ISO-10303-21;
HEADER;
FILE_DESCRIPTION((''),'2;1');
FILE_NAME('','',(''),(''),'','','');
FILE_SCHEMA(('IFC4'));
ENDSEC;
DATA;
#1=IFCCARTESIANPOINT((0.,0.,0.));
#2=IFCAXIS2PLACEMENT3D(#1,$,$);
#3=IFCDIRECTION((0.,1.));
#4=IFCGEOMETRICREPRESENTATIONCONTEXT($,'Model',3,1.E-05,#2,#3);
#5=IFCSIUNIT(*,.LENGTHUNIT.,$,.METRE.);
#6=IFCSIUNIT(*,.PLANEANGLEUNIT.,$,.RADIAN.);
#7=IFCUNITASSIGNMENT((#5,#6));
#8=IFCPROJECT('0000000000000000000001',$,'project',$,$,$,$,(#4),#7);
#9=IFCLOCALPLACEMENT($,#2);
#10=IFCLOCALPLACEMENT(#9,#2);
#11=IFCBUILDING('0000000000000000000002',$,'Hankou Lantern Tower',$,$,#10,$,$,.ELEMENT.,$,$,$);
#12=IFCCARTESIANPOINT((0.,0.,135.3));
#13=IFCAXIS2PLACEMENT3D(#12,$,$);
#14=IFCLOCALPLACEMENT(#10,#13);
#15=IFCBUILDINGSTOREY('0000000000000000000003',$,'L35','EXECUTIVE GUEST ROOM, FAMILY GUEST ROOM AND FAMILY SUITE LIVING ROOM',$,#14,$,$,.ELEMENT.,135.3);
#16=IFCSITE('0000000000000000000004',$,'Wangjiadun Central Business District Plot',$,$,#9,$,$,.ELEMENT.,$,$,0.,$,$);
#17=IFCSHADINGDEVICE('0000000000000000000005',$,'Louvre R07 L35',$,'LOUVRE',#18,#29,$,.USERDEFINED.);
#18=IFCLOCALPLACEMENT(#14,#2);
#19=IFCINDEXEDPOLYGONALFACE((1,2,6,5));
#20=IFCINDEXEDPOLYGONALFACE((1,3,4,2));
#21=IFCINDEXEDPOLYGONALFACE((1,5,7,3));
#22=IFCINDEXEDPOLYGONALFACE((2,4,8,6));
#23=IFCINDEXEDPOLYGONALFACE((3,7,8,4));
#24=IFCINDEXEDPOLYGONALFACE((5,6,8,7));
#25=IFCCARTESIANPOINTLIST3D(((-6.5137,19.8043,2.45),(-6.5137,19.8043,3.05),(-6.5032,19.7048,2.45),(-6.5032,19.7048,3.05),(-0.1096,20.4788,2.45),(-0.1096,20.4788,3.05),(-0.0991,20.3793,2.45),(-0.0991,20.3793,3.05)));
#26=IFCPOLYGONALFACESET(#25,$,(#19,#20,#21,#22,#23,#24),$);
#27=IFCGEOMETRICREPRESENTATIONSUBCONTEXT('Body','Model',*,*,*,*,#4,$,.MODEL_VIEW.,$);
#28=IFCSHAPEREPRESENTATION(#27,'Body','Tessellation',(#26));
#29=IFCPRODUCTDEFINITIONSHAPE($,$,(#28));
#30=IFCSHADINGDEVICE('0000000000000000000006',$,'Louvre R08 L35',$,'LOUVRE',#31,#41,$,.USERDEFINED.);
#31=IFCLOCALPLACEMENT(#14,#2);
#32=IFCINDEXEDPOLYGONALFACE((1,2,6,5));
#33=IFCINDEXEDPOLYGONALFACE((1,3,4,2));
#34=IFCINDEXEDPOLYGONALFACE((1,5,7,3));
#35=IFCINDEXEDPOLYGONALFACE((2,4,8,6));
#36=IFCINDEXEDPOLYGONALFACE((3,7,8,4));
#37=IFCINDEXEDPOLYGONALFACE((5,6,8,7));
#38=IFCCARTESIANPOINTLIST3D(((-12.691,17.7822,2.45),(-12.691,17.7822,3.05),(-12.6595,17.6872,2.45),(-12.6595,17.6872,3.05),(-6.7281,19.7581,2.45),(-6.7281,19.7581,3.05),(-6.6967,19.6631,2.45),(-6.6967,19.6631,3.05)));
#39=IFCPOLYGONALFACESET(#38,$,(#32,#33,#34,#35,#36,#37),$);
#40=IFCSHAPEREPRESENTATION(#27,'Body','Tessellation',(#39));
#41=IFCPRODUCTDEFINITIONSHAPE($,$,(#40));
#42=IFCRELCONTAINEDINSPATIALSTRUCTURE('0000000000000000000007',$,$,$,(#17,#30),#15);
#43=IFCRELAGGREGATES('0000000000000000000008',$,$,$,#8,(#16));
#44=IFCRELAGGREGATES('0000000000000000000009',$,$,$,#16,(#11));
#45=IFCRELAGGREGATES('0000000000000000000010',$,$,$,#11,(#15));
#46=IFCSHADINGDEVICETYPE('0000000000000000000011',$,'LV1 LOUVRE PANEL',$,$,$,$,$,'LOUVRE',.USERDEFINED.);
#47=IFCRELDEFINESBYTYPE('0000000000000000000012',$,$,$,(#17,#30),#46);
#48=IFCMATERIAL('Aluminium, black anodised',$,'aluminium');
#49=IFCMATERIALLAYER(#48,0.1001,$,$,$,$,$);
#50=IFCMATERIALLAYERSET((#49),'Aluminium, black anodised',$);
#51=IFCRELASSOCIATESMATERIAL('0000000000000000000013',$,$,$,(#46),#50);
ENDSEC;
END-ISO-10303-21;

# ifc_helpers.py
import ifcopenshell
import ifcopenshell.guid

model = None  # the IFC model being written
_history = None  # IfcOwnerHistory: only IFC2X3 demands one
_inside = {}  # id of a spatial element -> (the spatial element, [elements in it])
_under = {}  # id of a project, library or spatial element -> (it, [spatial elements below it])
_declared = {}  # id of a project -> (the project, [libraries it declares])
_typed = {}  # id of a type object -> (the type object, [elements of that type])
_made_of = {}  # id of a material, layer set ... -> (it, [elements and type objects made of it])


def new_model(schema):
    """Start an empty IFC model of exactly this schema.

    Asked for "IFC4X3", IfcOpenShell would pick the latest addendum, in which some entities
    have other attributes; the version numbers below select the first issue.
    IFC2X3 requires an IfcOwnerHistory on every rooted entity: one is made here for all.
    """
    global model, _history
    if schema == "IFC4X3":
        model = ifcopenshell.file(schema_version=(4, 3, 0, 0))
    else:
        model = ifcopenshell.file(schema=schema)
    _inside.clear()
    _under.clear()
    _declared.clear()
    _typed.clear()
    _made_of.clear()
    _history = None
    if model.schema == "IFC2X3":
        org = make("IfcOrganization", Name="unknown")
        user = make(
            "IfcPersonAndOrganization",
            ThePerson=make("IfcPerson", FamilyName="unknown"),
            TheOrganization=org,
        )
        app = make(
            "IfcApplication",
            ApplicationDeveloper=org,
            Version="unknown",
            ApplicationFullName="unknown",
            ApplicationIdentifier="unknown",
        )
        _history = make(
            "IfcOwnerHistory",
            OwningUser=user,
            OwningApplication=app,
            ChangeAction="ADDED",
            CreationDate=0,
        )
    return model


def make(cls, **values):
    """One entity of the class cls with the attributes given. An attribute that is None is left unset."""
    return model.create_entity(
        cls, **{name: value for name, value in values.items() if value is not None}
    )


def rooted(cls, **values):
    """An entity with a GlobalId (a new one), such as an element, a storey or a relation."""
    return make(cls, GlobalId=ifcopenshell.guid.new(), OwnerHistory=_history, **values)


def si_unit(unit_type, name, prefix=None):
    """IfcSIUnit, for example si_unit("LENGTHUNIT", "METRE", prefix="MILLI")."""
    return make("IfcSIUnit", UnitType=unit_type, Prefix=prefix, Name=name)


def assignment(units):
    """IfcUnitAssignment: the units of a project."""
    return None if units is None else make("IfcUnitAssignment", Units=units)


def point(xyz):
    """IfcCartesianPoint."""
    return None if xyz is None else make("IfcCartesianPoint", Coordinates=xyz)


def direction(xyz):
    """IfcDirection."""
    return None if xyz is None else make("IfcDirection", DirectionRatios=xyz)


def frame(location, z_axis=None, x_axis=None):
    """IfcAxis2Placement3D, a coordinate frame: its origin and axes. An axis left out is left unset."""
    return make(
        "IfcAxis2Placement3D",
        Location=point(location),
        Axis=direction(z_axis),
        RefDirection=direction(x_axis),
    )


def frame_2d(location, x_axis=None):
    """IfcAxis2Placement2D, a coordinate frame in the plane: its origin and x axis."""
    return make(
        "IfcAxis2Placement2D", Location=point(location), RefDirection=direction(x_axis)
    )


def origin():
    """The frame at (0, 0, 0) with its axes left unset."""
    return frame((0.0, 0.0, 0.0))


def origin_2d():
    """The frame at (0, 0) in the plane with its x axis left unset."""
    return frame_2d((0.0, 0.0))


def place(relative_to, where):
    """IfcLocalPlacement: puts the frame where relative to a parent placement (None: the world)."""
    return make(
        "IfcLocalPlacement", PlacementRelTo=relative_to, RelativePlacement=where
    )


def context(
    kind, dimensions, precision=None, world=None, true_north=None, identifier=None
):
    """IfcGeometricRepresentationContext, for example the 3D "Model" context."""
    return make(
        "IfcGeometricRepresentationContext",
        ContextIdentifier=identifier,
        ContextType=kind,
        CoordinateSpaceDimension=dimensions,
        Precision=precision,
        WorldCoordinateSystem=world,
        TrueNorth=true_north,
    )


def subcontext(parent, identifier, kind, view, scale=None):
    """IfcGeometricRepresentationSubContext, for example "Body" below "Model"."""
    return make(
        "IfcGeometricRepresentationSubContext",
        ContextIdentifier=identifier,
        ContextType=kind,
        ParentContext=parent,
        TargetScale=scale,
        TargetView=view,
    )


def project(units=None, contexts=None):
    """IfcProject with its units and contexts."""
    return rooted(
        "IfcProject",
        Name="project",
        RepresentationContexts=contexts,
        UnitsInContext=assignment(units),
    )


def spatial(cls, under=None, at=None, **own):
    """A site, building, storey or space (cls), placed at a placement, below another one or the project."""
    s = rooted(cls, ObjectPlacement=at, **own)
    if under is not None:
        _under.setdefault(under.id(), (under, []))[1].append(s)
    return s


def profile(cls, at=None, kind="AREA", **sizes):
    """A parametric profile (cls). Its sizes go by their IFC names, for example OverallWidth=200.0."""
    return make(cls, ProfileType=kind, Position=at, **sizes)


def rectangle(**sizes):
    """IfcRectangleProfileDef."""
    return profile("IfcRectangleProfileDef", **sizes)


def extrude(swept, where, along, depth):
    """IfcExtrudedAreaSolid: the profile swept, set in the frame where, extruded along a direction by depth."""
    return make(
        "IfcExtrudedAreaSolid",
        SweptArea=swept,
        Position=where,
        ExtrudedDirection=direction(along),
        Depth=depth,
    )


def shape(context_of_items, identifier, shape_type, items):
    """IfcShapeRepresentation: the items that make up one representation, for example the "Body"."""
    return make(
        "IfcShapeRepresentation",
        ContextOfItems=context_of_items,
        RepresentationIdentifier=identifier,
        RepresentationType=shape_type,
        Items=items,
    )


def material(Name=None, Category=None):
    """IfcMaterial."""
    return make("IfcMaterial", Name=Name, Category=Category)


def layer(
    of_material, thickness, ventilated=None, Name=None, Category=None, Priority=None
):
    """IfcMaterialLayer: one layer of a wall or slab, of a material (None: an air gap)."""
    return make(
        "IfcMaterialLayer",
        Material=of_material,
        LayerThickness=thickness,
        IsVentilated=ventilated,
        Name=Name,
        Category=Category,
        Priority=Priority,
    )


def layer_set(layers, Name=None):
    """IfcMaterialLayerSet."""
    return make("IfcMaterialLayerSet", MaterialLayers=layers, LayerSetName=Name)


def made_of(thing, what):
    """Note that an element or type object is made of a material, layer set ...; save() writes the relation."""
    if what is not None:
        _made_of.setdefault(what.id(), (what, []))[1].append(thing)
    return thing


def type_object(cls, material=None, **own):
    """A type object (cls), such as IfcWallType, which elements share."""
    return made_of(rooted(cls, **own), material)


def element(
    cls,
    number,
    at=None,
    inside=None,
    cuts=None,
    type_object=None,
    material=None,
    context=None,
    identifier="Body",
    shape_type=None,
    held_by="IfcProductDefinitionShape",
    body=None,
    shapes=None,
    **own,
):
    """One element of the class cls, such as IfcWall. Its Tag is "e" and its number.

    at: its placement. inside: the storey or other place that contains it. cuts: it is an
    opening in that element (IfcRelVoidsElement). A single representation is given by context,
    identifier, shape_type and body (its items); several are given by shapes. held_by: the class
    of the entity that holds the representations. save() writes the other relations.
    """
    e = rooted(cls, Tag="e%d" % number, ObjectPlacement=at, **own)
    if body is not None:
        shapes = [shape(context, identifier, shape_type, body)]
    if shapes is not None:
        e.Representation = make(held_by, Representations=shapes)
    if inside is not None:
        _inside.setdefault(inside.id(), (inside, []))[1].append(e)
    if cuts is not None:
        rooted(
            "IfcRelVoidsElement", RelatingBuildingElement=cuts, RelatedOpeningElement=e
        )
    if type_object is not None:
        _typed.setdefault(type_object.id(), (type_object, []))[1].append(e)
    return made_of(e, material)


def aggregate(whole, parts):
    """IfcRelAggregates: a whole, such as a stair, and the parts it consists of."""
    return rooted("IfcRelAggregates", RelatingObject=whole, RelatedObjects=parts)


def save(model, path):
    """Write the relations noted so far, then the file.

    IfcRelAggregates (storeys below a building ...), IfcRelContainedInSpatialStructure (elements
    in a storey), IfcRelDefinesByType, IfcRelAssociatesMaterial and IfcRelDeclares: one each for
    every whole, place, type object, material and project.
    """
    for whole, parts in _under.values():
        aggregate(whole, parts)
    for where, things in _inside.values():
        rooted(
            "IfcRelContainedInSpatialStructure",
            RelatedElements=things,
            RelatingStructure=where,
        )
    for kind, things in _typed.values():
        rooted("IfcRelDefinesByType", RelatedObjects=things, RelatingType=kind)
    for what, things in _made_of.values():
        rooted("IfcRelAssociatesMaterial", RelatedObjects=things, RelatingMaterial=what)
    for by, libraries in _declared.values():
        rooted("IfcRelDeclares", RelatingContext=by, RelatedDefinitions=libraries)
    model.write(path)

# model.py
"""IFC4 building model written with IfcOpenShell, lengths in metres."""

from ifc_helpers import new_model, si_unit, direction, frame, origin, origin_2d, place, context, subcontext, project, spatial, rectangle, extrude, material, layer, layer_set, type_object, element, save


model = new_model("IFC4")

# Units and contexts
model_context = context("Model", 3, precision=1e-05, world=origin(), true_north=direction((0.0, 1.0)))
body_context = subcontext(model_context, "Body", "Model", "MODEL_VIEW")
ifc_project = project(units=[si_unit("LENGTHUNIT", "METRE"), si_unit("PLANEANGLEUNIT", "RADIAN")], contexts=[model_context])

# Site, building, storey
site_placement = place(None, origin())
site = spatial("IfcSite", under=ifc_project, at=site_placement, Name="Wangjiadun Central Business District Plot", CompositionType="ELEMENT", RefElevation=0.0)
building_placement = place(site_placement, origin())
building = spatial("IfcBuilding", under=site, at=building_placement, Name="Hankou Lantern Tower", CompositionType="ELEMENT")
storey_placement = place(building_placement, frame((0.0, 0.0, 135.3)))
storey = spatial("IfcBuildingStorey", under=building, at=storey_placement, Name="L35", Description="EXECUTIVE GUEST ROOM, FAMILY GUEST ROOM AND FAMILY SUITE LIVING ROOM", CompositionType="ELEMENT", Elevation=135.3)

# Shading devices
ifc_material_1 = material(Name="Aluminium, black anodised", Category="aluminium")
ifc_layer_1 = layer(ifc_material_1, 0.1001)
ifc_layer_set_1 = layer_set([ifc_layer_1], Name="Aluminium, black anodised")
shading_device_type = type_object("IfcShadingDeviceType", Name="LV1 LOUVRE PANEL", ElementType="LOUVRE", PredefinedType="USERDEFINED", material=ifc_layer_set_1)
shading_device_1_placement = place(storey_placement, frame((-3.3064, 20.0918, 2.45), z_axis=(0.0, 0.0, 1.0), x_axis=(-0.994499, -0.104743, 0.0)))
element("IfcShadingDevice", 1, at=shading_device_1_placement, inside=storey, type_object=shading_device_type, Name="Louvre R07 L35", ObjectType="LOUVRE", PredefinedType="USERDEFINED", context=body_context, shape_type="SweptSolid", body=[
    extrude(rectangle(XDim=6.4395, YDim=0.1001, at=origin_2d()), origin(), (0.0, 0.0, 1.0), 0.6001),
])
shading_device_2_placement = place(storey_placement, frame((-9.6938, 18.7227, 2.45), z_axis=(0.0, 0.0, 1.0), x_axis=(-0.949241, -0.314551, 0.0)))
element("IfcShadingDevice", 2, at=shading_device_2_placement, inside=storey, type_object=shading_device_type, Name="Louvre R08 L35", ObjectType="LOUVRE", PredefinedType="USERDEFINED", context=body_context, shape_type="SweptSolid", body=[
    extrude(rectangle(XDim=6.2817, YDim=0.1001, at=origin_2d()), origin(), (0.0, 0.0, 1.0), 0.6001),
])

save(model, "model.ifc")
